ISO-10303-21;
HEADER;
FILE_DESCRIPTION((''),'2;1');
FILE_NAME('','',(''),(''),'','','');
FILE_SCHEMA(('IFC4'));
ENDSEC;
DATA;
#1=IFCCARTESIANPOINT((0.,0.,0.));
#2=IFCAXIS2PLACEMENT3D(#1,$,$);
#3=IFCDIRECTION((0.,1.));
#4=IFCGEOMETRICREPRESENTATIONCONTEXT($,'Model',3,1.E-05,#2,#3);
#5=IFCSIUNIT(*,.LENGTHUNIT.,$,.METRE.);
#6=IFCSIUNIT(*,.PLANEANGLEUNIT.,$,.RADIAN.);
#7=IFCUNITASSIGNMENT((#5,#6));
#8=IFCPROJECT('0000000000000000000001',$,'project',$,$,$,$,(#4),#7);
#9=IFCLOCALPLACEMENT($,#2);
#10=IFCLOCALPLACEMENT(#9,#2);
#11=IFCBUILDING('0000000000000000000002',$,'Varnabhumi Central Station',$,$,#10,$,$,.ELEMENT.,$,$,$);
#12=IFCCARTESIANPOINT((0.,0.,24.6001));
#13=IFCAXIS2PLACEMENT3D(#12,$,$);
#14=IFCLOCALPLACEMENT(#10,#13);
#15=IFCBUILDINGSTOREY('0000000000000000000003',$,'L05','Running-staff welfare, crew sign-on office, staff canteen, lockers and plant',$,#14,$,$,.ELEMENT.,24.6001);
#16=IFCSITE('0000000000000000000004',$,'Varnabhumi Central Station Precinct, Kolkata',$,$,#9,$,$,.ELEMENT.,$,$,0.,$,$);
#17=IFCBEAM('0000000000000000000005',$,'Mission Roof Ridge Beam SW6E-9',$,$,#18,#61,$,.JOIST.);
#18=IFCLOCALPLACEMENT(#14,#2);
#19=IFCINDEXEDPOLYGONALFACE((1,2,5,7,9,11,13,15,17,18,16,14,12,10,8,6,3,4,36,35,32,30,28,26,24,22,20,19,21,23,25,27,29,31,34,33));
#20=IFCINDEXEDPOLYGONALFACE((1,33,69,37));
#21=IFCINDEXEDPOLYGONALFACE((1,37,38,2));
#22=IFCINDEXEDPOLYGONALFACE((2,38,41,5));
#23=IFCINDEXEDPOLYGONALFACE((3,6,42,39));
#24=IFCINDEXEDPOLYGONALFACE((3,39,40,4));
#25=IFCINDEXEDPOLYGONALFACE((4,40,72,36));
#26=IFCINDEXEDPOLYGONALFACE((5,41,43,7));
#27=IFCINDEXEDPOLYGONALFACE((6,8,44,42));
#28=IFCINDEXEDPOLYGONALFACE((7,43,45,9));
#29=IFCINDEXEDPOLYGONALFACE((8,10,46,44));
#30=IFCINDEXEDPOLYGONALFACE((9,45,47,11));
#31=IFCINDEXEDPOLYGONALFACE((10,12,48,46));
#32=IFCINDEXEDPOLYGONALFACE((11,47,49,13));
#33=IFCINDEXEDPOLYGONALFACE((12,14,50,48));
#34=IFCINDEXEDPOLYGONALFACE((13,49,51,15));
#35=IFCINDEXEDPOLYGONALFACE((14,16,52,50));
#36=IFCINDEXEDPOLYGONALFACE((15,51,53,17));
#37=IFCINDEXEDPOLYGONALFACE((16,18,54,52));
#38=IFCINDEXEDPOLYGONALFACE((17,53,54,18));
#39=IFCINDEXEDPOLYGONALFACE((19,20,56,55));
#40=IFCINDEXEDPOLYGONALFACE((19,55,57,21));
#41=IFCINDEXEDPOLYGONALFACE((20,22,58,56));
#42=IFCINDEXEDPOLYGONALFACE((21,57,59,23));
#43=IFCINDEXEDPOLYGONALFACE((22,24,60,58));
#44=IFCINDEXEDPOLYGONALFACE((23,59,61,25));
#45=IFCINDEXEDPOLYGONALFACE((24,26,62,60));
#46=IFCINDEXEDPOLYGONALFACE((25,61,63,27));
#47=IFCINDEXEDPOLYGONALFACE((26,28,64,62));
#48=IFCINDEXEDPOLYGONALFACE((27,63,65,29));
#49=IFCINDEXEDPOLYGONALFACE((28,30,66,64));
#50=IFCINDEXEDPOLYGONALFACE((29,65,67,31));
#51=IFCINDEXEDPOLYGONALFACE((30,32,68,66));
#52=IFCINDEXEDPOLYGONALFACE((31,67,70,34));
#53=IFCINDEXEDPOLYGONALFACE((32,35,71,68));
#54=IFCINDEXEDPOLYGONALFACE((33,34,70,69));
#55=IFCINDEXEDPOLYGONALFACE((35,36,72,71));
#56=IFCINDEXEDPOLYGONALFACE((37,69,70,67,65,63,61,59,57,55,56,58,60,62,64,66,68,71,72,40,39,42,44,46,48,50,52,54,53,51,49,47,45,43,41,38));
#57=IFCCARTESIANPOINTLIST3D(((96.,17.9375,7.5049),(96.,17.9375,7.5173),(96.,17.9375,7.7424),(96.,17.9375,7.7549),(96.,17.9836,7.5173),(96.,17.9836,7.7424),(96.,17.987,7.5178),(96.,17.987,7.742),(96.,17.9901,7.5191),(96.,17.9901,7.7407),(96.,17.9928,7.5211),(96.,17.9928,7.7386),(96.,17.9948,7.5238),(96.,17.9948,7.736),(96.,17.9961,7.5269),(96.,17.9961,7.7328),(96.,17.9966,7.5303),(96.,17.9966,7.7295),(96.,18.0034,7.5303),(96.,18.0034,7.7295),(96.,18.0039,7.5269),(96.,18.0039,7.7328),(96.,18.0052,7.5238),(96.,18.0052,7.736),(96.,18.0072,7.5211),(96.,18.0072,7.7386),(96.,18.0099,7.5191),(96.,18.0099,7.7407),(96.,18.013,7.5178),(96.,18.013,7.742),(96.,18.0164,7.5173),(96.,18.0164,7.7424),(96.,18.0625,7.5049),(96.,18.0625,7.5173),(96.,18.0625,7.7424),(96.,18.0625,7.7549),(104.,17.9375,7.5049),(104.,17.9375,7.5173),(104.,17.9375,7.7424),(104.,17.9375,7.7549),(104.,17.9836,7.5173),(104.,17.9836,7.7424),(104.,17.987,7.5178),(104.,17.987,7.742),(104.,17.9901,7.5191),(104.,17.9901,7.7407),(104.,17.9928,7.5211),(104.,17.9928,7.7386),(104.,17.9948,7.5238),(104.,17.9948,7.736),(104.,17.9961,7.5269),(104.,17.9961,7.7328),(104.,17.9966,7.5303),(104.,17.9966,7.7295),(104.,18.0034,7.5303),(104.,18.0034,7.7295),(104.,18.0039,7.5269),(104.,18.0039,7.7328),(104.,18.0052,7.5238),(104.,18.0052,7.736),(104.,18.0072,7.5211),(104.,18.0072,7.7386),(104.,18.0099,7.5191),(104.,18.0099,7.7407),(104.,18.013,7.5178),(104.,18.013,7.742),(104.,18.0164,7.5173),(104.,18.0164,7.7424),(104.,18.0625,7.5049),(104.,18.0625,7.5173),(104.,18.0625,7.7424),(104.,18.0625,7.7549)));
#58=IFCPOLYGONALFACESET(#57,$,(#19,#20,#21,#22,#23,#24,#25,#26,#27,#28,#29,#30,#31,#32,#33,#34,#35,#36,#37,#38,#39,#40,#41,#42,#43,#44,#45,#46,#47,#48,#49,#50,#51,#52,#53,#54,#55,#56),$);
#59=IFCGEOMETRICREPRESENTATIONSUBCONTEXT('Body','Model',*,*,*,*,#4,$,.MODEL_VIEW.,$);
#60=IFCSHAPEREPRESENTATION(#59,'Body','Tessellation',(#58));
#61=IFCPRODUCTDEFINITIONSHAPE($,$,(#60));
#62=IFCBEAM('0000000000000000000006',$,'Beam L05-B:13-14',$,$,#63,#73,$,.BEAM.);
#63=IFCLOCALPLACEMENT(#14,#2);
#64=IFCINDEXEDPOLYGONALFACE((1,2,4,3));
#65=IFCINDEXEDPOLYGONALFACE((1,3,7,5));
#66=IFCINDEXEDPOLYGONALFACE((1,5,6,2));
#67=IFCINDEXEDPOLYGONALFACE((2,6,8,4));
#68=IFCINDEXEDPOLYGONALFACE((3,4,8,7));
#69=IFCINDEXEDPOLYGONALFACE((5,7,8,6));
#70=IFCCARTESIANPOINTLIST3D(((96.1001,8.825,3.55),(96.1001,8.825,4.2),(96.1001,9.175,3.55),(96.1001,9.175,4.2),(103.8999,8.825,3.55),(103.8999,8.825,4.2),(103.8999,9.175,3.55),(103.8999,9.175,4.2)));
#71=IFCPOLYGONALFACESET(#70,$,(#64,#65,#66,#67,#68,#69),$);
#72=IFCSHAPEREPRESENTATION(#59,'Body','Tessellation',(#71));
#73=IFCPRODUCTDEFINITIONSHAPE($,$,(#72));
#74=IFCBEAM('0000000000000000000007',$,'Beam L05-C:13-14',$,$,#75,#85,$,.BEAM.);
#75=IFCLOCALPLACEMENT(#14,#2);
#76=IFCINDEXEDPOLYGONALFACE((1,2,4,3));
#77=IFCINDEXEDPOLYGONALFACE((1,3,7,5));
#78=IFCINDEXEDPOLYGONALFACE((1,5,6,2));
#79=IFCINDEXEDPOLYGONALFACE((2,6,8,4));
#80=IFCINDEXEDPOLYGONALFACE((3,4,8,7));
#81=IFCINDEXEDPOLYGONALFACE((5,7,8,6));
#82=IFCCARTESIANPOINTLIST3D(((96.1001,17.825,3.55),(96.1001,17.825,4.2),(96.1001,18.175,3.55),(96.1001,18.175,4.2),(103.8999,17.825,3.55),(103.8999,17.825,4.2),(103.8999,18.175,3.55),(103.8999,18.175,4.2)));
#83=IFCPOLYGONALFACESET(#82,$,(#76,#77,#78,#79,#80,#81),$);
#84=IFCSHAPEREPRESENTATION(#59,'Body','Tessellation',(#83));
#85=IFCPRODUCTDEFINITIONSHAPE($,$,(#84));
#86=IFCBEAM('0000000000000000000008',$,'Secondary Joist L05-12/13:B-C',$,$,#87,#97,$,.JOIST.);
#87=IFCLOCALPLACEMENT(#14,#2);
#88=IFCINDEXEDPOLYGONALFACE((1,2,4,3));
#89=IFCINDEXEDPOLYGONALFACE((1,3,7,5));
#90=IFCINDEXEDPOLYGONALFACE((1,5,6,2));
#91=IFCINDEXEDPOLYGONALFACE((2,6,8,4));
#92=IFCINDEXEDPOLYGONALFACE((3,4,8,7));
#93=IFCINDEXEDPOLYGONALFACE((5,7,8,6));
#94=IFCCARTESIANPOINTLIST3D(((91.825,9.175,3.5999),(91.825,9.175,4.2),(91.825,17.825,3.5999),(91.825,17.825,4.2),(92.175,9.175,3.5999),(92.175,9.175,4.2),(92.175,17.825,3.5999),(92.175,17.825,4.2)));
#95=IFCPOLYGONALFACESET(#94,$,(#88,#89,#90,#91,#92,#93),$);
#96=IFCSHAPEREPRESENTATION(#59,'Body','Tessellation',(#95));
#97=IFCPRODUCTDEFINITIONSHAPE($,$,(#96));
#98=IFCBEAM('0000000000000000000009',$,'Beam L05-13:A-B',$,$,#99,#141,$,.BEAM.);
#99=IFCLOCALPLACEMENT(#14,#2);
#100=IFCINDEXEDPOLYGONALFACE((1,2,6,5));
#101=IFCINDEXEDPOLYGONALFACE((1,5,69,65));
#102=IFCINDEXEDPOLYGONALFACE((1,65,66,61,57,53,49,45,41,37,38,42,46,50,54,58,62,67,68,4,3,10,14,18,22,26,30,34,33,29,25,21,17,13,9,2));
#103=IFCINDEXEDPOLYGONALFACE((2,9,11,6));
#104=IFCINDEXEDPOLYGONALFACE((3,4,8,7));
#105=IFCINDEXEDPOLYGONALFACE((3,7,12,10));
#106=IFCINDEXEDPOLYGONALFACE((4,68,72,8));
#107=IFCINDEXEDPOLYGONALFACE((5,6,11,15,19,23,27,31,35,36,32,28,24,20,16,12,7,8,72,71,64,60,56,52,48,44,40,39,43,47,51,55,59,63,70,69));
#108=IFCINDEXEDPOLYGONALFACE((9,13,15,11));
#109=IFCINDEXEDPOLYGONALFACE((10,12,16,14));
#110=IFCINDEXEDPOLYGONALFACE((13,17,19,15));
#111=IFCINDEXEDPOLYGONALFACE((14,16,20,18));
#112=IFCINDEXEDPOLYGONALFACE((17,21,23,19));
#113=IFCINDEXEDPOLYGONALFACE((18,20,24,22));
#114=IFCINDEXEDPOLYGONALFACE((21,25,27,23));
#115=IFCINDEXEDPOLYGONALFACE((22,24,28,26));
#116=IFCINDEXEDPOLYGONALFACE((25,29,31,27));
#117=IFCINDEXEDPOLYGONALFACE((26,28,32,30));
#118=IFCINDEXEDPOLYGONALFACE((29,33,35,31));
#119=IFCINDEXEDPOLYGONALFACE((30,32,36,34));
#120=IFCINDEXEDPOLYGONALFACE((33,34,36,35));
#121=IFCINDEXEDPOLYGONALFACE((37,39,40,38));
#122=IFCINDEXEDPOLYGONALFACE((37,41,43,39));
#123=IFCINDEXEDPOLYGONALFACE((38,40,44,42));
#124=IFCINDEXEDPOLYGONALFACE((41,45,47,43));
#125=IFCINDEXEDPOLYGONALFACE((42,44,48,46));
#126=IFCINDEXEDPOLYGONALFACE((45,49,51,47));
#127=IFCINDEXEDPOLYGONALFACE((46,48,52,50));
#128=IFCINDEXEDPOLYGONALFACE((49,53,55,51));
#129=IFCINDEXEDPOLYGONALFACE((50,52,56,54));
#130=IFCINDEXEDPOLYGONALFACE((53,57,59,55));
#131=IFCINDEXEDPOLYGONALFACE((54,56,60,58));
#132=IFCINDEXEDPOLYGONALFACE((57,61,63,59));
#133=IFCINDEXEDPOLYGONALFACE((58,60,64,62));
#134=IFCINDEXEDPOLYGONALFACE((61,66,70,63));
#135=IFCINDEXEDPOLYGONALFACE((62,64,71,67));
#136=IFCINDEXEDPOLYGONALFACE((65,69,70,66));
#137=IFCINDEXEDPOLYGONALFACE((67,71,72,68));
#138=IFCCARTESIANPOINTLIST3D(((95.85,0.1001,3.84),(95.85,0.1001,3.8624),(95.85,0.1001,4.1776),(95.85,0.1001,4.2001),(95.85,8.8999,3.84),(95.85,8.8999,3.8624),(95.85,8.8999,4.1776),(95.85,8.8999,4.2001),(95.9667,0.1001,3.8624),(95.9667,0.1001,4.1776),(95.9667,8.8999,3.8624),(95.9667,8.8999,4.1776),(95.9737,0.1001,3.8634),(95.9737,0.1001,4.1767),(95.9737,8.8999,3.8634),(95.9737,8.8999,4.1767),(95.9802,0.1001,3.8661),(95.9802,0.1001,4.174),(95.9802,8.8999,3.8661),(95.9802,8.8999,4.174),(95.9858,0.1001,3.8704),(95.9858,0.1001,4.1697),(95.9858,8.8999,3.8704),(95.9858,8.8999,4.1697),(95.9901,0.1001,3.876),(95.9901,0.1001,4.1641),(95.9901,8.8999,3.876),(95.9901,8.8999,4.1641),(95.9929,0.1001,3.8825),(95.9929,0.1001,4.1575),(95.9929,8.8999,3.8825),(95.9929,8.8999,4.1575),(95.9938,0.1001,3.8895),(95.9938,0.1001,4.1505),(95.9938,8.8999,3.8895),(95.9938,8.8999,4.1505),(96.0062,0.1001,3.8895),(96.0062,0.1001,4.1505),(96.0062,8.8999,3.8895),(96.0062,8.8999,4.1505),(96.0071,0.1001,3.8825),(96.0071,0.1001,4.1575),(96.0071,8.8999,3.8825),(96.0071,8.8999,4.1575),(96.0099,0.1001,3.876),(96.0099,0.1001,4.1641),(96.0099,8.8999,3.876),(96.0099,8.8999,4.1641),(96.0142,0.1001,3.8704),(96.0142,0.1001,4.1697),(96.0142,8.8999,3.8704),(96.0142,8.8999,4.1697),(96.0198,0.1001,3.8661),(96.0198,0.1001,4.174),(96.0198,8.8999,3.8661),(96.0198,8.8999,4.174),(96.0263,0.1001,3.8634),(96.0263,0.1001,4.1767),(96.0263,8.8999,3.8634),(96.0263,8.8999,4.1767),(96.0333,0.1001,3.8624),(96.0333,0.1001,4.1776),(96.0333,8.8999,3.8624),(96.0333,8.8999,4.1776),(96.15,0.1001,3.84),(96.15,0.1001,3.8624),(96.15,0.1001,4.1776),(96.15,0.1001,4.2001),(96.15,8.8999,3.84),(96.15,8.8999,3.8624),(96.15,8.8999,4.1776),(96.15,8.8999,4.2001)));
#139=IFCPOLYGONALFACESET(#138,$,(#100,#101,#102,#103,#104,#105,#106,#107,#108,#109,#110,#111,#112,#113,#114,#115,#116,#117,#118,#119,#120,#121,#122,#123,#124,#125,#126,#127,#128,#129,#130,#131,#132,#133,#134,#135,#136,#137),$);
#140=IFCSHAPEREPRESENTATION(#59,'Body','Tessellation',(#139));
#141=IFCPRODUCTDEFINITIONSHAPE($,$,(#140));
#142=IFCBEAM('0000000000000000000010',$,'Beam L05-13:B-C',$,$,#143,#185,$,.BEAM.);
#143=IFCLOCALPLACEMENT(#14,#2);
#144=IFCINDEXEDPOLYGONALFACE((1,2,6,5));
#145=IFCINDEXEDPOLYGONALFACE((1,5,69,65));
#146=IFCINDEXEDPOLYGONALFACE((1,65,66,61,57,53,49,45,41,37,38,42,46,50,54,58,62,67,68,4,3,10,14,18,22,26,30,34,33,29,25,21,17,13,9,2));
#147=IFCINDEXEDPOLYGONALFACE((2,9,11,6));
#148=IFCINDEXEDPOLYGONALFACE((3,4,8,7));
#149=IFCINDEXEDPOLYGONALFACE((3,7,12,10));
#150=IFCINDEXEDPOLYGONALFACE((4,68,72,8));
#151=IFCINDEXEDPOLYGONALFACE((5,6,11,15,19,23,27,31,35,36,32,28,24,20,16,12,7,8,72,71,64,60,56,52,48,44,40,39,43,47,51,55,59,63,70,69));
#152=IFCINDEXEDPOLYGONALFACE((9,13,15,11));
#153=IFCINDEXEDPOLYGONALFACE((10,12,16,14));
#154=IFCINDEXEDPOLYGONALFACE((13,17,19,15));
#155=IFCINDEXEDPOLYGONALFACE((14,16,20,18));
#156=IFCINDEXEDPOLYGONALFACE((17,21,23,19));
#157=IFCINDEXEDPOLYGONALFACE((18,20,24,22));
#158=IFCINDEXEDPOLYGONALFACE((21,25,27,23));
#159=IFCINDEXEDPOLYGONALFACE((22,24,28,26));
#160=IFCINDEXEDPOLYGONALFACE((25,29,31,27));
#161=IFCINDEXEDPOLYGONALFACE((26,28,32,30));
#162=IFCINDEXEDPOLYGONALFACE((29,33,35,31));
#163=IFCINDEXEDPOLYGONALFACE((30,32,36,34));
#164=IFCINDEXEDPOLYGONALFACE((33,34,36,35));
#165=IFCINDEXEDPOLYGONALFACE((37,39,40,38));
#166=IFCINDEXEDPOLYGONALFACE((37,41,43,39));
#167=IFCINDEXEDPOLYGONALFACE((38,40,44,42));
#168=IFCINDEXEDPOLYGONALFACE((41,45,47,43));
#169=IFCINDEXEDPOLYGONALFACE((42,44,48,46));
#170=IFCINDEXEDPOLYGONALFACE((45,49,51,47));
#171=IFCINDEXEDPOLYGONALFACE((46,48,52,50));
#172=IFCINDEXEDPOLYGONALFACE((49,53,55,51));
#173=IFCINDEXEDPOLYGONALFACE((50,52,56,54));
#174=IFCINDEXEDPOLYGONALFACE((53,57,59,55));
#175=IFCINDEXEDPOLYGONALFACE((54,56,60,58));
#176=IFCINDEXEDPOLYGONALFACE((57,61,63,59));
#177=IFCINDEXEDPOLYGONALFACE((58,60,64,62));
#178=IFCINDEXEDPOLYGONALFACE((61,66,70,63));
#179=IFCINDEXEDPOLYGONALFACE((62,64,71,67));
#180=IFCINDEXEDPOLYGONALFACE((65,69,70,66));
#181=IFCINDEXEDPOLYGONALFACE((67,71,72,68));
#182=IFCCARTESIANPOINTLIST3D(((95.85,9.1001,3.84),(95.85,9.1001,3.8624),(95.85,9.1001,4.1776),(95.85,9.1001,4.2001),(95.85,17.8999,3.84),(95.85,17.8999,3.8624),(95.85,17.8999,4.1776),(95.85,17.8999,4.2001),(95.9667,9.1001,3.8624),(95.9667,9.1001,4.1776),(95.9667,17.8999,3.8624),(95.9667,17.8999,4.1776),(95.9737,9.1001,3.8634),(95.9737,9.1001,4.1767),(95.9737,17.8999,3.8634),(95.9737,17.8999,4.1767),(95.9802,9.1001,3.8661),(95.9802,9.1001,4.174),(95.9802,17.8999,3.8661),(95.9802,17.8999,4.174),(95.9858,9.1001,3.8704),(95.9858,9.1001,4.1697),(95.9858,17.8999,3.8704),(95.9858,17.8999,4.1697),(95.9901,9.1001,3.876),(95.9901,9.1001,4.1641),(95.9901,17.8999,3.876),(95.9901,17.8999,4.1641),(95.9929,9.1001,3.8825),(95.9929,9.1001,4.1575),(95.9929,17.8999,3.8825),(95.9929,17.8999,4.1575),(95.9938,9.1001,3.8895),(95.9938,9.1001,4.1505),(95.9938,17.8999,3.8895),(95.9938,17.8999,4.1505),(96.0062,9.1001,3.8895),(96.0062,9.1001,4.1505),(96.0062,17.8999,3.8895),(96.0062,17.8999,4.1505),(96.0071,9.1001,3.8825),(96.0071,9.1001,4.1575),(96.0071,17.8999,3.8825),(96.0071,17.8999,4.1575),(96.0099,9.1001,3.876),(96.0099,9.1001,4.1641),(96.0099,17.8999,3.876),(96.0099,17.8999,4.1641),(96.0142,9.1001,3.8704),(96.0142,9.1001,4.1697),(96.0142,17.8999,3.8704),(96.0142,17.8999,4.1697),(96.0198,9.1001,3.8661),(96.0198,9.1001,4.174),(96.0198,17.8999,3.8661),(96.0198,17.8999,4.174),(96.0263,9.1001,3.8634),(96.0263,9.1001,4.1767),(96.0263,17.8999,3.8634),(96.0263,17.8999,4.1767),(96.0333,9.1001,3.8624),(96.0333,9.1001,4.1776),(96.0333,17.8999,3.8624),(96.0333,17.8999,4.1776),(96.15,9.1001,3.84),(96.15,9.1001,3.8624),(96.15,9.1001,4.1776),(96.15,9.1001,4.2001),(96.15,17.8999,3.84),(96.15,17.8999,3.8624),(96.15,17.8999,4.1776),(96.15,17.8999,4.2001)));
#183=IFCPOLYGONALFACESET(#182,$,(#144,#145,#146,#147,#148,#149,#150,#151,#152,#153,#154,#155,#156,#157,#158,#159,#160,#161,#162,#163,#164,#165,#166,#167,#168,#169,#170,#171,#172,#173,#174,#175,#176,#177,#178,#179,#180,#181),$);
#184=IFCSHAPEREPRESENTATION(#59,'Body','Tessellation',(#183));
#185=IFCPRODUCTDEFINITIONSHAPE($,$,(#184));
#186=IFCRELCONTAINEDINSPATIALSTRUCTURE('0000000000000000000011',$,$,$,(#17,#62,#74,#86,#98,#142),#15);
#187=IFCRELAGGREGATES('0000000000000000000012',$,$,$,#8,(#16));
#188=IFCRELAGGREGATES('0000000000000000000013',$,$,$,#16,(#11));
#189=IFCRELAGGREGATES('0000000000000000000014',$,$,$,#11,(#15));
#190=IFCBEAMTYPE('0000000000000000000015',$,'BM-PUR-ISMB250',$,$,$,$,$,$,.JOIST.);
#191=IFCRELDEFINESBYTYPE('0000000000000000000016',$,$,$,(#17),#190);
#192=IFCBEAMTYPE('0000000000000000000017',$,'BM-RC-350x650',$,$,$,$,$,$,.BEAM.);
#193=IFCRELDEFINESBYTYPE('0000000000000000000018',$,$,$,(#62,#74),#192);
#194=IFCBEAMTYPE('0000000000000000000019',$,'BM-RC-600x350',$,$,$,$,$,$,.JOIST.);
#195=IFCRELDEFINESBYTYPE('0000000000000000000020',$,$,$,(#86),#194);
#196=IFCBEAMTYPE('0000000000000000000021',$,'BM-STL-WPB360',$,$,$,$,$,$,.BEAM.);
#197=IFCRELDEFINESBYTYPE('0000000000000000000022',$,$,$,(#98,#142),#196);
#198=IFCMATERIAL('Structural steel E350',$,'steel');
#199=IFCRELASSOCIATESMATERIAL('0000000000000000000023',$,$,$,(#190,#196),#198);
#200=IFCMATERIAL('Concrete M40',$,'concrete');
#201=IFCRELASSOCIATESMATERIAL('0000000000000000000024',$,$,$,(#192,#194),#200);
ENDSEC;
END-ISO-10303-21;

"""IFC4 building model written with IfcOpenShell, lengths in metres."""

from ifc_helpers import new_model, si_unit, direction, frame, origin, origin_2d, place, context, subcontext, project, spatial, rectangle, i_section, extrude, material, material_profile, profile_set, type_object, element, save


model = new_model("IFC4")

# Units and contexts
model_context = context("Model", 3, precision=1e-05, world=origin(), true_north=direction((0.0, 1.0)))
body_context = subcontext(model_context, "Body", "Model", "MODEL_VIEW")
ifc_project = project(units=[si_unit("LENGTHUNIT", "METRE"), si_unit("PLANEANGLEUNIT", "RADIAN")], contexts=[model_context])

# Site, building, storey
site_placement = place(None, origin())
site = spatial("IfcSite", under=ifc_project, at=site_placement, Name="Varnabhumi Central Station Precinct, Kolkata", CompositionType="ELEMENT", RefElevation=0.0)
building_placement = place(site_placement, origin())
building = spatial("IfcBuilding", under=site, at=building_placement, Name="Varnabhumi Central Station", CompositionType="ELEMENT")
storey_placement = place(building_placement, frame((0.0, 0.0, 24.6001)))
storey = spatial("IfcBuildingStorey", under=building, at=storey_placement, Name="L05", Description="Running-staff welfare, crew sign-on office, staff canteen, lockers and plant", CompositionType="ELEMENT", Elevation=24.6001)

# Shared definitions
ifc_material_1 = material(Name="Concrete M40", Category="concrete")
ifc_material_2 = material(Name="Structural steel E350", Category="steel")

# Beams
ifc_material_profile_1 = material_profile(ifc_material_2, i_section(OverallWidth=0.125, OverallDepth=0.25, WebThickness=0.0068, FlangeThickness=0.0125, FilletRadius=0.0129, at=origin_2d()), Name="Structural steel E350", Category="steel")
ifc_profile_set_1 = profile_set([ifc_material_profile_1], Name="Structural steel E350")
beam_type_1 = type_object("IfcBeamType", Name="BM-PUR-ISMB250", PredefinedType="JOIST", material=ifc_profile_set_1)
beam_1_placement = place(storey_placement, frame((96.0, 18.0, 7.6299), z_axis=(1.0, 0.0, 0.0), x_axis=(0.0, 1.0, 0.0)))
element("IfcBeam", 1, at=beam_1_placement, inside=storey, type_object=beam_type_1, Name="Mission Roof Ridge Beam SW6E-9", PredefinedType="JOIST", context=body_context, shape_type="SweptSolid", body=[
    extrude(i_section(OverallWidth=0.125, OverallDepth=0.25, WebThickness=0.0068, FlangeThickness=0.0125, FilletRadius=0.0129, at=origin_2d()), origin(), (0.0, 0.0, 1.0), 8.0),
])
ifc_material_profile_2 = material_profile(ifc_material_1, rectangle(XDim=0.3501, YDim=0.6499, at=origin_2d()), Name="Concrete M40", Category="concrete")
ifc_profile_set_2 = profile_set([ifc_material_profile_2], Name="Concrete M40")
beam_type_2 = type_object("IfcBeamType", Name="BM-RC-350x650", PredefinedType="BEAM", material=ifc_profile_set_2)
for number, where, z_axis, x_axis, name in (
    (2, (96.1001, 9.0, 3.875), (1.0, 0.0, 0.0), (0.0, 1.0, 0.0), "Beam L05-B:13-14"),
    (3, (96.1001, 18.0, 3.875), (1.0, 0.0, 0.0), (0.0, 1.0, 0.0), "Beam L05-C:13-14"),
):
    element("IfcBeam", number, at=place(storey_placement, frame(where, z_axis=z_axis, x_axis=x_axis)), inside=storey, type_object=beam_type_2, Name=name, PredefinedType="BEAM", context=body_context, shape_type="SweptSolid", body=[
        extrude(rectangle(XDim=0.3501, YDim=0.6499, at=origin_2d()), origin(), (0.0, 0.0, 1.0), 7.7998),
    ])
ifc_material_profile_3 = material_profile(ifc_material_1, rectangle(XDim=0.3501, YDim=0.6001, at=origin_2d()), Name="Concrete M40", Category="concrete")
ifc_profile_set_3 = profile_set([ifc_material_profile_3], Name="Concrete M40")
beam_type_3 = type_object("IfcBeamType", Name="BM-RC-600x350", PredefinedType="JOIST", material=ifc_profile_set_3)
beam_2_placement = place(storey_placement, frame((92.0, 9.175, 3.8999), z_axis=(0.0, 1.0, 0.0), x_axis=(-1.0, 0.0, 0.0)))
element("IfcBeam", 4, at=beam_2_placement, inside=storey, type_object=beam_type_3, Name="Secondary Joist L05-12/13:B-C", PredefinedType="JOIST", context=body_context, shape_type="SweptSolid", body=[
    extrude(rectangle(XDim=0.3501, YDim=0.6001, at=origin_2d()), origin(), (0.0, 0.0, 1.0), 8.6499),
])
ifc_material_profile_4 = material_profile(ifc_material_2, i_section(OverallWidth=0.3, OverallDepth=0.3601, WebThickness=0.0125, FlangeThickness=0.0225, FilletRadius=0.0271, at=origin_2d()), Name="Structural steel E350", Category="steel")
ifc_profile_set_4 = profile_set([ifc_material_profile_4], Name="Structural steel E350")
beam_type_4 = type_object("IfcBeamType", Name="BM-STL-WPB360", PredefinedType="BEAM", material=ifc_profile_set_4)
for number, where, z_axis, x_axis, name in (
    (5, (96.0, 0.1001, 4.02), (0.0, 1.0, 0.0), (-1.0, 0.0, 0.0), "Beam L05-13:A-B"),
    (6, (96.0, 9.1001, 4.02), (0.0, 1.0, 0.0), (-1.0, 0.0, 0.0), "Beam L05-13:B-C"),
):
    element("IfcBeam", number, at=place(storey_placement, frame(where, z_axis=z_axis, x_axis=x_axis)), inside=storey, type_object=beam_type_4, Name=name, PredefinedType="BEAM", context=body_context, shape_type="SweptSolid", body=[
        extrude(i_section(OverallWidth=0.3, OverallDepth=0.3601, WebThickness=0.0125, FlangeThickness=0.0225, FilletRadius=0.0271, at=origin_2d()), origin(), (0.0, 0.0, 1.0), 8.7998),
    ])

save(model, "model.ifc")
